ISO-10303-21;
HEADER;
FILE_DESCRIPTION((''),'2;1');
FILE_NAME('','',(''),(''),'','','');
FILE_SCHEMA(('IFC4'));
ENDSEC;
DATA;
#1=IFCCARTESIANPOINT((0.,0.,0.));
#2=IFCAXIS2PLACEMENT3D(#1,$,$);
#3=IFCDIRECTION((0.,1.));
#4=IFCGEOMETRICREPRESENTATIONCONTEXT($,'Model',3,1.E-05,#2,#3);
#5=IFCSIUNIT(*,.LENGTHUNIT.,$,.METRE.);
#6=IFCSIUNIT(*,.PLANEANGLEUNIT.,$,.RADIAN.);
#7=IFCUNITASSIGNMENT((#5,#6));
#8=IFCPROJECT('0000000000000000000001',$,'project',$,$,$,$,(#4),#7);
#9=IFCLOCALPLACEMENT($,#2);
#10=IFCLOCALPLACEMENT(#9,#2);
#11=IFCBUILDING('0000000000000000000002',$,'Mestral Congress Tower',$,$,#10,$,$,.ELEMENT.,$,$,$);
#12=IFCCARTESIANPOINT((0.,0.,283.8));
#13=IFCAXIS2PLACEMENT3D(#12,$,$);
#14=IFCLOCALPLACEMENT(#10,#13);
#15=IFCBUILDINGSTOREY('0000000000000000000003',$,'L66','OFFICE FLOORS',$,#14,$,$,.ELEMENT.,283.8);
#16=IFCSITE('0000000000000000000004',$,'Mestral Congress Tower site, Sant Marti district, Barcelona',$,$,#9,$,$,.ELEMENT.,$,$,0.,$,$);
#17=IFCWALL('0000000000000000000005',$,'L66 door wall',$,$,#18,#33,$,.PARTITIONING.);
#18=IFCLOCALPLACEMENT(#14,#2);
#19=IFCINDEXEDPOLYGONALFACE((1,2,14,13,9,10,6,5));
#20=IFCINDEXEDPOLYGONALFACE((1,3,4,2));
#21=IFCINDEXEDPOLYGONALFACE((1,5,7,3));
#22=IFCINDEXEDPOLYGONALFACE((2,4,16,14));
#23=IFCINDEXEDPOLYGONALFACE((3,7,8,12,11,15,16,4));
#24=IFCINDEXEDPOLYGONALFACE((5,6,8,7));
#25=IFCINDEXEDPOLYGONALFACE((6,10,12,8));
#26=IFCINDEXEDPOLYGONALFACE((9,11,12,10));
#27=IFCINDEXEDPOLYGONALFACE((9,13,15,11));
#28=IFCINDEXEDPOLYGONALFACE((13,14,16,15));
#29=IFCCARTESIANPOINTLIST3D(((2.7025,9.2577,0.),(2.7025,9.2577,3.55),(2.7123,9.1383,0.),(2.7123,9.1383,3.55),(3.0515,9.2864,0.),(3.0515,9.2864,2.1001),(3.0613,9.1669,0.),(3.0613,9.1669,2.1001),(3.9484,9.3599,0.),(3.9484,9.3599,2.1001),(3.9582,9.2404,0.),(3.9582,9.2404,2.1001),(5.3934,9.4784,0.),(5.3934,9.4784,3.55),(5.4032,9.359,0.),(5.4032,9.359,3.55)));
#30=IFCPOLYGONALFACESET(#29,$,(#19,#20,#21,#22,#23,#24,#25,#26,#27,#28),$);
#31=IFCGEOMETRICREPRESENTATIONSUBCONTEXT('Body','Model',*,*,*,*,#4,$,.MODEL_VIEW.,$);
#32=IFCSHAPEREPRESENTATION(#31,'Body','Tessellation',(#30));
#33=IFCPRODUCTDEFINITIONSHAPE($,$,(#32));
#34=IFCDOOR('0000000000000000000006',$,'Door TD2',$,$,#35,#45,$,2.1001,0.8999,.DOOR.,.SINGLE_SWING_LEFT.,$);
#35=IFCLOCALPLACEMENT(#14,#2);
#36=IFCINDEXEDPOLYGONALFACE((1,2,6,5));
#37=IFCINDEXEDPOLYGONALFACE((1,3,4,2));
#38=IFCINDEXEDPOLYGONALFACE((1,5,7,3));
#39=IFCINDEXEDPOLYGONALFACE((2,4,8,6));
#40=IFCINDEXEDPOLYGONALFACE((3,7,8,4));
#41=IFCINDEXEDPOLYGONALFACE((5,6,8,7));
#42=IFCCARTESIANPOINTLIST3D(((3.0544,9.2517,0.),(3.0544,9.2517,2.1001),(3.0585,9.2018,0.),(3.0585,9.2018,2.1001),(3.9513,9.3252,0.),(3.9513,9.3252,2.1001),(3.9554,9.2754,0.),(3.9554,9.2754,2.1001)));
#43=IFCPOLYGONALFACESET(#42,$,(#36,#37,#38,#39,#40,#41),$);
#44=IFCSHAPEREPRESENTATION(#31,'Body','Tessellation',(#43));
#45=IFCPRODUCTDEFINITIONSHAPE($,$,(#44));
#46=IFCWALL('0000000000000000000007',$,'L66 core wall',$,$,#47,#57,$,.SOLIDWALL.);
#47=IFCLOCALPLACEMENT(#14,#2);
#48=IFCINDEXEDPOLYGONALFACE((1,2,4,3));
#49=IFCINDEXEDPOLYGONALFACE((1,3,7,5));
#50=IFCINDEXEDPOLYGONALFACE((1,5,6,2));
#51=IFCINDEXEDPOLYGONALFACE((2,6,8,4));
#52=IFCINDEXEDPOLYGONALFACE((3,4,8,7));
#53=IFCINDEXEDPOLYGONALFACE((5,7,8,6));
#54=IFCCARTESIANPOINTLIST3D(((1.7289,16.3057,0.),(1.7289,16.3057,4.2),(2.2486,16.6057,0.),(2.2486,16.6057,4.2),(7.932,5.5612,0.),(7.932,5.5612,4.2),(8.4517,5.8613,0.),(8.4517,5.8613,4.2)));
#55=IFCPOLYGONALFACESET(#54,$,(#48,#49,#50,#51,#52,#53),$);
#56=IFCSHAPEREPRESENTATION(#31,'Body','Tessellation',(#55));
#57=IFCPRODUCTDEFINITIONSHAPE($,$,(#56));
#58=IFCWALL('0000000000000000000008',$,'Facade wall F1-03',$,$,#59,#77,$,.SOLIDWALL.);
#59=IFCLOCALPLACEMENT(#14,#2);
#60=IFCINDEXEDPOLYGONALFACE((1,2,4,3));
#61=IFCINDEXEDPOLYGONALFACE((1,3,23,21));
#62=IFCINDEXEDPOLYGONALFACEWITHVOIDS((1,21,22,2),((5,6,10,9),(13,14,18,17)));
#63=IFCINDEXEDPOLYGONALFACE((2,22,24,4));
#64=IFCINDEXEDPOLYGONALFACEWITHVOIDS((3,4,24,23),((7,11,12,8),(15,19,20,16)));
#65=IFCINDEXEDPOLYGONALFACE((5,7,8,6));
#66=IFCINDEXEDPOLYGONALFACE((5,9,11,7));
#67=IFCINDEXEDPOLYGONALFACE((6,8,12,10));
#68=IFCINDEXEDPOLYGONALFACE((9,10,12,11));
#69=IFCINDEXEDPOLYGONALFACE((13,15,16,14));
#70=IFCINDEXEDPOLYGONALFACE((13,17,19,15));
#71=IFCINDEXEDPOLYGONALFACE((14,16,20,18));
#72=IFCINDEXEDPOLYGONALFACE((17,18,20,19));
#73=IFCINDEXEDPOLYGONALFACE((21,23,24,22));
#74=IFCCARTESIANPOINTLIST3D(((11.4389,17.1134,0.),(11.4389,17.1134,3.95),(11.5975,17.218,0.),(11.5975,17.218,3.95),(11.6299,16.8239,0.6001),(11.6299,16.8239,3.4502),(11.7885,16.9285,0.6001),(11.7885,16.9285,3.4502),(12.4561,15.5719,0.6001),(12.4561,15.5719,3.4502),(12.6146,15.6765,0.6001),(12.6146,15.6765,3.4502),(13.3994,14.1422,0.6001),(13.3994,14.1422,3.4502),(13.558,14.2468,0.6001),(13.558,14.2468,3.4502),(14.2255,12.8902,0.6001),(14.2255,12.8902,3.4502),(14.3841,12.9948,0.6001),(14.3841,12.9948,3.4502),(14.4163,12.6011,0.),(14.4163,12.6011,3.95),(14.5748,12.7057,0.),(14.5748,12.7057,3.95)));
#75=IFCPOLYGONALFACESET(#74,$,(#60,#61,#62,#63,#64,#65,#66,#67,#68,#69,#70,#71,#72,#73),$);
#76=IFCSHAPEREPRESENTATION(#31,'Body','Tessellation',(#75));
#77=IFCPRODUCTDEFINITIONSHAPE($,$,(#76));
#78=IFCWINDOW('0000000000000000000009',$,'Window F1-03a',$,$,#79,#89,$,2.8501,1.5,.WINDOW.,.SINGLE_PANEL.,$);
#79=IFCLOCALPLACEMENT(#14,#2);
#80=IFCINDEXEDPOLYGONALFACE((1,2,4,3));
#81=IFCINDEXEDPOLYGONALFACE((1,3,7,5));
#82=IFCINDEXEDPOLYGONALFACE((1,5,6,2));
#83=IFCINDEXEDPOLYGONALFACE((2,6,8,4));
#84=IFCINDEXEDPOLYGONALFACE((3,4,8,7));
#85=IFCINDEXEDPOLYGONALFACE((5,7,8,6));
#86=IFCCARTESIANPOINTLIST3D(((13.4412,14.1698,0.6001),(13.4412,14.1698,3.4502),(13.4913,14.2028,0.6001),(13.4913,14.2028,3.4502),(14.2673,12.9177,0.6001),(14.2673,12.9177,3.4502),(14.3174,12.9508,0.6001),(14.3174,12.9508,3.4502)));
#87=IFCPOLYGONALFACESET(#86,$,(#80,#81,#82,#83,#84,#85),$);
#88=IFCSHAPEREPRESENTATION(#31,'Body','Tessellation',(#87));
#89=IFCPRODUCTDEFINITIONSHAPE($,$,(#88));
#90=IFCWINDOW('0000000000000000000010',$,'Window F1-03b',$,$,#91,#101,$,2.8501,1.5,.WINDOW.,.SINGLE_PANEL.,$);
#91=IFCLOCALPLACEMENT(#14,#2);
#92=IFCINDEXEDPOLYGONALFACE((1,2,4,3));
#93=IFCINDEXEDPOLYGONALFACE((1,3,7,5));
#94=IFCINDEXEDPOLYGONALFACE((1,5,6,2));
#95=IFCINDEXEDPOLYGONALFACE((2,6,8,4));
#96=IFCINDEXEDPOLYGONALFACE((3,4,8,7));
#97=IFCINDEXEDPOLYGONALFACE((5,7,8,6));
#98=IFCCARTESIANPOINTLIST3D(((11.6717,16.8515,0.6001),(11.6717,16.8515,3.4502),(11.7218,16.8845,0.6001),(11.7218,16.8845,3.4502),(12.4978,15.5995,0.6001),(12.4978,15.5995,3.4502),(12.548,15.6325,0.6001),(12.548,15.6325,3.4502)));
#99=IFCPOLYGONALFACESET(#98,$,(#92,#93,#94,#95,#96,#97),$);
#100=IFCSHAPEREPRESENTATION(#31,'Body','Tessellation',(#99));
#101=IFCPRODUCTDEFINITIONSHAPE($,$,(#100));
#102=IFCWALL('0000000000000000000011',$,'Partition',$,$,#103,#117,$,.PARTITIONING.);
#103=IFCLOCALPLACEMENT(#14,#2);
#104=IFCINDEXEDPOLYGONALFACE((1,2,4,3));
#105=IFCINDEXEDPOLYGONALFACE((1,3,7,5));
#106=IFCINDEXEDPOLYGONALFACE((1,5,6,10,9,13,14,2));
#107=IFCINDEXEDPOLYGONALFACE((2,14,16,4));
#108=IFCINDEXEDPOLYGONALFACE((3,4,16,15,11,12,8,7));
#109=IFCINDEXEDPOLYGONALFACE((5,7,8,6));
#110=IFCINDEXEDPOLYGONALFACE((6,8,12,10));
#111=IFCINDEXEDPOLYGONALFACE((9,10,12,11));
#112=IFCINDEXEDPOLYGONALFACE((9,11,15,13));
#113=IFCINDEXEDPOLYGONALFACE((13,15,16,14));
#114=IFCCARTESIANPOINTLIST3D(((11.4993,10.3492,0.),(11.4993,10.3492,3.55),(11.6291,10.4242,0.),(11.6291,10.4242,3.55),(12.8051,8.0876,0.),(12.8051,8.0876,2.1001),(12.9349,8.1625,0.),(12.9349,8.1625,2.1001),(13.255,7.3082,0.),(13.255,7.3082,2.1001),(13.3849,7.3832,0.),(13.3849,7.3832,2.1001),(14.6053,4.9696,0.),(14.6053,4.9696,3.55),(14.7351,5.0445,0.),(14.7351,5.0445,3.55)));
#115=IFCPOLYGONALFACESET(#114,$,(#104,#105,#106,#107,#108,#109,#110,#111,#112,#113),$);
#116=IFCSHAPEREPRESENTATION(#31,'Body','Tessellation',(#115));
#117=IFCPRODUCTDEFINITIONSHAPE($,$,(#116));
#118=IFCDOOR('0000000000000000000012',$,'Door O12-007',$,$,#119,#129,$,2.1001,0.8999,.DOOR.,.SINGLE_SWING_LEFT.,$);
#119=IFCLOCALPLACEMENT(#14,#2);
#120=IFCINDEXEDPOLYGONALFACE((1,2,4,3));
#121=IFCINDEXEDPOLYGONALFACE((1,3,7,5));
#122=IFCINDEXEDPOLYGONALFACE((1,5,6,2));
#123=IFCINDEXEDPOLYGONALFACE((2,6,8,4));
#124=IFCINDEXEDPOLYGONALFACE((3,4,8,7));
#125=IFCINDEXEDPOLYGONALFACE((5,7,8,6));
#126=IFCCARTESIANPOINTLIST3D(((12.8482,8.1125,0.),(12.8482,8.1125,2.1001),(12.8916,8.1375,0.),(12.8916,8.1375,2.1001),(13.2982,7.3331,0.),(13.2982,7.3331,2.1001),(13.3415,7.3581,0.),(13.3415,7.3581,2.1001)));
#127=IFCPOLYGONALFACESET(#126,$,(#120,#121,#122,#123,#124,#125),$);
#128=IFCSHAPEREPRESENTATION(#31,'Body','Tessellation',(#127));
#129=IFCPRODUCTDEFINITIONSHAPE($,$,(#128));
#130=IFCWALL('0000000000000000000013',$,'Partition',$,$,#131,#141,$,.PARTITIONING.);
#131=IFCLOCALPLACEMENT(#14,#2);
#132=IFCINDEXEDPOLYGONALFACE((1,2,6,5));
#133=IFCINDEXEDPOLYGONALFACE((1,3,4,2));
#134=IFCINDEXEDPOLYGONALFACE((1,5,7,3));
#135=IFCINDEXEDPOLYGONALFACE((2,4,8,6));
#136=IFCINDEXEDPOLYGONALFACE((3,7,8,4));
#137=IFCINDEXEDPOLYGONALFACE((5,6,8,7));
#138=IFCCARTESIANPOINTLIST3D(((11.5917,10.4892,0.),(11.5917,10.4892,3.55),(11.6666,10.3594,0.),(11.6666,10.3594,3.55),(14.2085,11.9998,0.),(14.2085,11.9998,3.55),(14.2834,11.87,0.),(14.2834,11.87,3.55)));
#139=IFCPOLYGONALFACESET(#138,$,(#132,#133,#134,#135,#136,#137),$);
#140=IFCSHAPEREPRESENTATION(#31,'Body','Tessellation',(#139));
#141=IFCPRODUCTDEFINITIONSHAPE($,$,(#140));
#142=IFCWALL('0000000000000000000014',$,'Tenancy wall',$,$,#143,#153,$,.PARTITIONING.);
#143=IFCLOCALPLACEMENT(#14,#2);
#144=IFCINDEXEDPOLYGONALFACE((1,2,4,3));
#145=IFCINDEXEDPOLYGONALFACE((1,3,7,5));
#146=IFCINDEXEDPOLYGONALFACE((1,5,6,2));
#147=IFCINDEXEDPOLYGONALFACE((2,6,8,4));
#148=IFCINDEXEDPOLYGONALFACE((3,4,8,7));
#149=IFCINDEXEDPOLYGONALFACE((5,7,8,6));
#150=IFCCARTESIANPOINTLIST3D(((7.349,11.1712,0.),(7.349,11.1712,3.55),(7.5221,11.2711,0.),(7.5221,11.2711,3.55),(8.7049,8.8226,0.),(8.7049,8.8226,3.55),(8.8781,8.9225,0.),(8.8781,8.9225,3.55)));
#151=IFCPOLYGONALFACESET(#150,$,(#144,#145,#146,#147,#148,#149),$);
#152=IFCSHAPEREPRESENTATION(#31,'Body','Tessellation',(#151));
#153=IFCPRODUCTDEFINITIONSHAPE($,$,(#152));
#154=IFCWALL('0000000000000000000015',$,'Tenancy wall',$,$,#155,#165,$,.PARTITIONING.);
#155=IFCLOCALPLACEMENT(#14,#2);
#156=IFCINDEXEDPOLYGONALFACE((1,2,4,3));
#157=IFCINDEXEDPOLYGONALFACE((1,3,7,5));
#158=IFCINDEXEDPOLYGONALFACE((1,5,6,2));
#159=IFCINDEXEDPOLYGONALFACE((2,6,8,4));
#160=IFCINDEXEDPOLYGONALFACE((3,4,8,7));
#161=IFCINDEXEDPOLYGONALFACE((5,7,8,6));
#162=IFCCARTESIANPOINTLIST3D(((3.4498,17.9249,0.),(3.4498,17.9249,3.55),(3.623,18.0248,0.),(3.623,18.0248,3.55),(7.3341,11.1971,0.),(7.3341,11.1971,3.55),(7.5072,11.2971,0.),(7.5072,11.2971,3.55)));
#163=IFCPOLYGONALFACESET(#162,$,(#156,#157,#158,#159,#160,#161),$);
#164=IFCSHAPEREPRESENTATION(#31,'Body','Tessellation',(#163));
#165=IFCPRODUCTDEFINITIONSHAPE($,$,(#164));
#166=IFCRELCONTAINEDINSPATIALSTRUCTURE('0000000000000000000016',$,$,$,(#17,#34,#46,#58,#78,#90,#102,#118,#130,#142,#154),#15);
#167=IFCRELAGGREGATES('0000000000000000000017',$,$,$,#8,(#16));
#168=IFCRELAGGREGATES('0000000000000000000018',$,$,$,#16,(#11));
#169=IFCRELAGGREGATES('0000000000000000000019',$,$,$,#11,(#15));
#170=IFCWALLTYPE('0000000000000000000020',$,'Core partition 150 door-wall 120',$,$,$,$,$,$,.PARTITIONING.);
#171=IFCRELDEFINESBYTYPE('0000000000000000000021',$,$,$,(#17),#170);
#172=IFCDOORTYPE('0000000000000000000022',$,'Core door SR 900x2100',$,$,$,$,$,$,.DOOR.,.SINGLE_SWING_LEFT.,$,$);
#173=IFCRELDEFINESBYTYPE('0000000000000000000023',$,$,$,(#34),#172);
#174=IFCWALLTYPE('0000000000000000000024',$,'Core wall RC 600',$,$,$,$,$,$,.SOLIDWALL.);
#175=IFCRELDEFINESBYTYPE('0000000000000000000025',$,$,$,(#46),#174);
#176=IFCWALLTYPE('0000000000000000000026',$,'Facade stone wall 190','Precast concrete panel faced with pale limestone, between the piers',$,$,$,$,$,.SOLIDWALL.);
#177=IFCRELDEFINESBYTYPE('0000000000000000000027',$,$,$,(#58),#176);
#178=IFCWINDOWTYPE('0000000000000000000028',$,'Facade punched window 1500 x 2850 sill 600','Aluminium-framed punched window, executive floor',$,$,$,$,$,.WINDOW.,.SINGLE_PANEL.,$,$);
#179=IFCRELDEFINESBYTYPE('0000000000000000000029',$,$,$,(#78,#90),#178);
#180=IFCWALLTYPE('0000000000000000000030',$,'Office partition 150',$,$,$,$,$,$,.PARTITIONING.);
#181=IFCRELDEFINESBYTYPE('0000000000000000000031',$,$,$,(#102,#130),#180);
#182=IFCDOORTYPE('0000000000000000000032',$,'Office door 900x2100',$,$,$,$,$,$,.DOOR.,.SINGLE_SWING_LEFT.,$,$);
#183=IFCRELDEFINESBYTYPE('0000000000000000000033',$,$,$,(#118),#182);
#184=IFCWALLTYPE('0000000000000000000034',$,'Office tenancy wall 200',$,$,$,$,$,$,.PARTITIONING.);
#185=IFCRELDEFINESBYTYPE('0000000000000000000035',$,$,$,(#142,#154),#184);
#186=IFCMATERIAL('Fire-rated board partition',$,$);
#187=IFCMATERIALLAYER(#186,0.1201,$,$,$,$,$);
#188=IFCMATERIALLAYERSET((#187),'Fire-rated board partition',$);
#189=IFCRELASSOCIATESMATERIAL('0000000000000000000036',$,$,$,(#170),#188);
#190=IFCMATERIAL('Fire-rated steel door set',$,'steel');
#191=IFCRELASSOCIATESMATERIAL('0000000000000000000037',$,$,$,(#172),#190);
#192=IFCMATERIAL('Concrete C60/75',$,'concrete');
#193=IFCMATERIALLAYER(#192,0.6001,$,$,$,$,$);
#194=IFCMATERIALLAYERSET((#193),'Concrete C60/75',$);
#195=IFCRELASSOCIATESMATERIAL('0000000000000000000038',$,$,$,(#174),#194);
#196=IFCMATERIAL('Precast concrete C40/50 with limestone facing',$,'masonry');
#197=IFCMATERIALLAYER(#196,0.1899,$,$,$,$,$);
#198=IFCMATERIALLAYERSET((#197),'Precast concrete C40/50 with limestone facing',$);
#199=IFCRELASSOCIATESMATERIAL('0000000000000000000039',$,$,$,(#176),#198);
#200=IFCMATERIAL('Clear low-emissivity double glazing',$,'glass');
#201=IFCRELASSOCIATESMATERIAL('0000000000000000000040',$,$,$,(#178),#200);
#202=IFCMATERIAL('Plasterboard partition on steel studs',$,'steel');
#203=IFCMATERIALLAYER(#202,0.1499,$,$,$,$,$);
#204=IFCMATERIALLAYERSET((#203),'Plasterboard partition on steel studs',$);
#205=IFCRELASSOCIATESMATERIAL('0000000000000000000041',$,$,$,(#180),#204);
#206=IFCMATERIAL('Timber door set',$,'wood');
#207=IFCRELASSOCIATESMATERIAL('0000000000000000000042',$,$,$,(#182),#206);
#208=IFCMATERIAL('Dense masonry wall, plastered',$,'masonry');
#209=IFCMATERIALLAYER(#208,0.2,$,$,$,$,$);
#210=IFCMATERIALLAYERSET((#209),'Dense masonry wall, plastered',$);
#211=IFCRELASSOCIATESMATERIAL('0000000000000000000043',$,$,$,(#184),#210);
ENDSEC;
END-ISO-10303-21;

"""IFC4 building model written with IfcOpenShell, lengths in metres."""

from ifc_helpers import new_model, si_unit, direction, frame, frame_2d, origin, place, context, subcontext, project, spatial, rectangle, extrude, material, layer, layer_set, type_object, element, fill, save


model = new_model("IFC4")

# Units and contexts
model_context = context("Model", 3, precision=1e-05, world=origin(), true_north=direction((0.0, 1.0)))
body_context = subcontext(model_context, "Body", "Model", "MODEL_VIEW")
ifc_project = project(units=[si_unit("LENGTHUNIT", "METRE"), si_unit("PLANEANGLEUNIT", "RADIAN")], contexts=[model_context])

# Site, building, storey
site_placement = place(None, origin())
site = spatial("IfcSite", under=ifc_project, at=site_placement, Name="Mestral Congress Tower site, Sant Marti district, Barcelona", CompositionType="ELEMENT", RefElevation=0.0)
building_placement = place(site_placement, origin())
building = spatial("IfcBuilding", under=site, at=building_placement, Name="Mestral Congress Tower", CompositionType="ELEMENT")
storey_placement = place(building_placement, frame((0.0, 0.0, 283.8)))
storey = spatial("IfcBuildingStorey", under=building, at=storey_placement, Name="L66", Description="OFFICE FLOORS", CompositionType="ELEMENT", Elevation=283.8)

# Shared definitions
ifc_material_1 = material(Name="Concrete C60/75", Category="concrete")

# Wall, opening, door
ifc_material_2 = material(Name="Fire-rated board partition")
ifc_layer_1 = layer(ifc_material_2, 0.1201)
ifc_layer_set_1 = layer_set([ifc_layer_1], Name="Fire-rated board partition")
wall_type_1 = type_object("IfcWallType", Name="Core partition 150 door-wall 120", PredefinedType="PARTITIONING", material=ifc_layer_set_1)
wall_1_placement = place(storey_placement, frame((5.3984, 9.4187, 0.0), z_axis=(0.0, 0.0, 1.0), x_axis=(-0.996653, -0.081743, 0.0)))
wall_1 = element("IfcWall", 1, at=wall_1_placement, inside=storey, type_object=wall_type_1, Name="L66 door wall", PredefinedType="PARTITIONING", context=body_context, shape_type="SweptSolid", body=[
    extrude(rectangle(XDim=2.7, YDim=0.1199, at=frame_2d((1.3501, 0.0))), origin(), (0.0, 0.0, 1.0), 3.55),
])
opening_1_placement = place(wall_1_placement, frame((1.45, 0.0, 0.0)))
opening_1 = element("IfcOpeningElement", 2, at=opening_1_placement, cuts=wall_1, PredefinedType="OPENING", context=body_context, shape_type="SweptSolid", body=[
    extrude(rectangle(XDim=0.8999, YDim=2.1001, at=frame_2d((0.45, 1.05))), frame((0.0, 0.0698, 0.0), z_axis=(0.0, -1.0, 0.0), x_axis=(1.0, 0.0, 0.0)), (0.0, 0.0, 1.0), 0.1399),
])
ifc_material_3 = material(Name="Fire-rated steel door set", Category="steel")
door_type_1 = type_object("IfcDoorType", Name="Core door SR 900x2100", OperationType="SINGLE_SWING_LEFT", PredefinedType="DOOR", material=ifc_material_3)
door_1_placement = place(opening_1_placement, origin())
door_1 = element("IfcDoor", 3, at=door_1_placement, inside=storey, type_object=door_type_1, Name="Door TD2", OperationType="SINGLE_SWING_LEFT", OverallHeight=2.1001, OverallWidth=0.8999, PredefinedType="DOOR", context=body_context, shape_type="SweptSolid", body=[
    extrude(rectangle(XDim=0.8999, YDim=2.1001, at=frame_2d((0.45, 1.05))), frame((0.0, 0.0249, 0.0), z_axis=(0.0, -1.0, 0.0), x_axis=(1.0, 0.0, 0.0)), (0.0, 0.0, 1.0), 0.05),
])
fill(opening_1, door_1)

# Wall
ifc_layer_2 = layer(ifc_material_1, 0.6001)
ifc_layer_set_2 = layer_set([ifc_layer_2], Name="Concrete C60/75")
wall_type_2 = type_object("IfcWallType", Name="Core wall RC 600", PredefinedType="SOLIDWALL", material=ifc_layer_set_2)
wall_2_placement = place(storey_placement, frame((1.9888, 16.4556, 0.0), z_axis=(0.0, 0.0, 1.0), x_axis=(0.499991, -0.866031, 0.0)))
element("IfcWall", 4, at=wall_2_placement, inside=storey, type_object=wall_type_2, Name="L66 core wall", PredefinedType="SOLIDWALL", context=body_context, shape_type="SweptSolid", body=[
    extrude(rectangle(XDim=12.4065, YDim=0.6001, at=frame_2d((6.2031, 0.0))), origin(), (0.0, 0.0, 1.0), 4.2),
])

# Wall, openings, windows
ifc_material_4 = material(Name="Precast concrete C40/50 with limestone facing", Category="masonry")
ifc_layer_3 = layer(ifc_material_4, 0.1899)
ifc_layer_set_3 = layer_set([ifc_layer_3], Name="Precast concrete C40/50 with limestone facing")
wall_type_3 = type_object("IfcWallType", Name="Facade stone wall 190", Description="Precast concrete panel faced with pale limestone, between the piers", PredefinedType="SOLIDWALL", material=ifc_layer_set_3)
wall_3_placement = place(storey_placement, frame((14.4956, 12.6533, 0.0), z_axis=(0.0, 0.0, 1.0), x_axis=(-0.550744, 0.834674, 0.0)))
wall_3 = element("IfcWall", 5, at=wall_3_placement, inside=storey, type_object=wall_type_3, Name="Facade wall F1-03", PredefinedType="SOLIDWALL", context=body_context, shape_type="SweptSolid", body=[
    extrude(rectangle(XDim=5.406, YDim=0.1899, at=frame_2d((2.7031, 0.0))), origin(), (0.0, 0.0, 1.0), 3.95),
])
opening_2_placement = place(wall_3_placement, frame((0.3464, 0.0, 0.6001)))
opening_2 = element("IfcOpeningElement", 6, at=opening_2_placement, cuts=wall_3, PredefinedType="OPENING", context=body_context, shape_type="SweptSolid", body=[
    extrude(rectangle(XDim=1.5, YDim=2.8501, at=frame_2d((0.75, 1.425))), frame((0.0, 0.105, 0.0), z_axis=(0.0, -1.0, 0.0), x_axis=(1.0, 0.0, 0.0)), (0.0, 0.0, 1.0), 0.21),
])
opening_3_placement = place(wall_3_placement, frame((3.5593, 0.0, 0.6001)))
opening_3 = element("IfcOpeningElement", 7, at=opening_3_placement, cuts=wall_3, PredefinedType="OPENING", context=body_context, shape_type="SweptSolid", body=[
    extrude(rectangle(XDim=1.5, YDim=2.8501, at=frame_2d((0.75, 1.425))), frame((0.0, 0.105, 0.0), z_axis=(0.0, -1.0, 0.0), x_axis=(1.0, 0.0, 0.0)), (0.0, 0.0, 1.0), 0.21),
])
ifc_material_5 = material(Name="Clear low-emissivity double glazing", Category="glass")
window_type = type_object("IfcWindowType", Name="Facade punched window 1500 x 2850 sill 600", Description="Aluminium-framed punched window, executive floor", PartitioningType="SINGLE_PANEL", PredefinedType="WINDOW", material=ifc_material_5)
window_1_placement = place(opening_2_placement, origin())
window_1 = element("IfcWindow", 8, at=window_1_placement, inside=storey, type_object=window_type, Name="Window F1-03a", OverallHeight=2.8501, OverallWidth=1.5, PartitioningType="SINGLE_PANEL", PredefinedType="WINDOW", context=body_context, shape_type="SweptSolid", body=[
    extrude(rectangle(XDim=1.5, YDim=2.8501, at=frame_2d((0.75, 1.425))), frame((0.0, 0.0449, 0.0), z_axis=(0.0, -1.0, 0.0), x_axis=(1.0, 0.0, 0.0)), (0.0, 0.0, 1.0), 0.0601),
])
fill(opening_2, window_1)
window_2_placement = place(opening_3_placement, origin())
window_2 = element("IfcWindow", 9, at=window_2_placement, inside=storey, type_object=window_type, Name="Window F1-03b", OverallHeight=2.8501, OverallWidth=1.5, PartitioningType="SINGLE_PANEL", PredefinedType="WINDOW", context=body_context, shape_type="SweptSolid", body=[
    extrude(rectangle(XDim=1.5, YDim=2.8501, at=frame_2d((0.75, 1.425))), frame((0.0, 0.0449, 0.0), z_axis=(0.0, -1.0, 0.0), x_axis=(1.0, 0.0, 0.0)), (0.0, 0.0, 1.0), 0.0601),
])
fill(opening_3, window_2)

# Wall, opening, door
ifc_material_6 = material(Name="Plasterboard partition on steel studs", Category="steel")
ifc_layer_4 = layer(ifc_material_6, 0.1499)
ifc_layer_set_4 = layer_set([ifc_layer_4], Name="Plasterboard partition on steel studs")
wall_type_4 = type_object("IfcWallType", Name="Office partition 150", PredefinedType="PARTITIONING", material=ifc_layer_set_4)
wall_4_placement = place(storey_placement, frame((11.5642, 10.3867, 0.0), z_axis=(0.0, 0.0, 1.0), x_axis=(0.500003, -0.866024, 0.0)))
wall_4 = element("IfcWall", 10, at=wall_4_placement, inside=storey, type_object=wall_type_4, Name="Partition", PredefinedType="PARTITIONING", context=body_context, shape_type="SweptSolid", body=[
    extrude(rectangle(XDim=6.2119, YDim=0.1499, at=frame_2d((3.106, 0.0))), origin(), (0.0, 0.0, 1.0), 3.55),
])
opening_4_placement = place(wall_4_placement, frame((2.6116, 0.0, 0.0)))
opening_4 = element("IfcOpeningElement", 11, at=opening_4_placement, cuts=wall_4, PredefinedType="OPENING", context=body_context, shape_type="SweptSolid", body=[
    extrude(rectangle(XDim=0.8999, YDim=2.1001, at=frame_2d((0.45, 1.05))), frame((0.0, 0.085, 0.0), z_axis=(0.0, -1.0, 0.0), x_axis=(1.0, 0.0, 0.0)), (0.0, 0.0, 1.0), 0.1699),
])
ifc_material_7 = material(Name="Timber door set", Category="wood")
door_type_2 = type_object("IfcDoorType", Name="Office door 900x2100", OperationType="SINGLE_SWING_LEFT", PredefinedType="DOOR", material=ifc_material_7)
door_2_placement = place(opening_4_placement, origin())
door_2 = element("IfcDoor", 12, at=door_2_placement, inside=storey, type_object=door_type_2, Name="Door O12-007", OperationType="SINGLE_SWING_LEFT", OverallHeight=2.1001, OverallWidth=0.8999, PredefinedType="DOOR", context=body_context, shape_type="SweptSolid", body=[
    extrude(rectangle(XDim=0.8999, YDim=2.1001, at=frame_2d((0.45, 1.05))), frame((0.0, 0.0249, 0.0), z_axis=(0.0, -1.0, 0.0), x_axis=(1.0, 0.0, 0.0)), (0.0, 0.0, 1.0), 0.05),
])
fill(opening_4, door_2)

# Walls
wall_5_placement = place(storey_placement, frame((11.6292, 10.4243, 0.0), z_axis=(0.0, 0.0, 1.0), x_axis=(0.866062, 0.499937, 0.0)))
element("IfcWall", 13, at=wall_5_placement, inside=storey, type_object=wall_type_4, Name="Partition", PredefinedType="PARTITIONING", context=body_context, shape_type="SweptSolid", body=[
    extrude(rectangle(XDim=3.0215, YDim=0.1499, at=frame_2d((1.5107, 0.0))), origin(), (0.0, 0.0, 1.0), 3.55),
])
ifc_material_8 = material(Name="Dense masonry wall, plastered", Category="masonry")
ifc_layer_5 = layer(ifc_material_8, 0.2)
ifc_layer_set_5 = layer_set([ifc_layer_5], Name="Dense masonry wall, plastered")
wall_type_5 = type_object("IfcWallType", Name="Office tenancy wall 200", PredefinedType="PARTITIONING", material=ifc_layer_set_5)
wall_6_placement = place(storey_placement, frame((8.7915, 8.8726, 0.0), z_axis=(0.0, 0.0, 1.0), x_axis=(-0.499993, 0.86603, 0.0)))
element("IfcWall", 14, at=wall_6_placement, inside=storey, type_object=wall_type_5, Name="Tenancy wall", PredefinedType="PARTITIONING", context=body_context, shape_type="SweptSolid", body=[
    extrude(rectangle(XDim=2.7119, YDim=0.2, at=frame_2d((1.356, 0.0))), origin(), (0.0, 0.0, 1.0), 3.55),
])
wall_7_placement = place(storey_placement, frame((7.4207, 11.2471, 0.0), z_axis=(0.0, 0.0, 1.0), x_axis=(-0.499999, 0.866026, 0.0)))
element("IfcWall", 15, at=wall_7_placement, inside=storey, type_object=wall_type_5, Name="Tenancy wall", PredefinedType="PARTITIONING", context=body_context, shape_type="SweptSolid", body=[
    extrude(rectangle(XDim=7.7686, YDim=0.2, at=frame_2d((3.8843, 0.0))), origin(), (0.0, 0.0, 1.0), 3.55),
])

save(model, "model.ifc")
